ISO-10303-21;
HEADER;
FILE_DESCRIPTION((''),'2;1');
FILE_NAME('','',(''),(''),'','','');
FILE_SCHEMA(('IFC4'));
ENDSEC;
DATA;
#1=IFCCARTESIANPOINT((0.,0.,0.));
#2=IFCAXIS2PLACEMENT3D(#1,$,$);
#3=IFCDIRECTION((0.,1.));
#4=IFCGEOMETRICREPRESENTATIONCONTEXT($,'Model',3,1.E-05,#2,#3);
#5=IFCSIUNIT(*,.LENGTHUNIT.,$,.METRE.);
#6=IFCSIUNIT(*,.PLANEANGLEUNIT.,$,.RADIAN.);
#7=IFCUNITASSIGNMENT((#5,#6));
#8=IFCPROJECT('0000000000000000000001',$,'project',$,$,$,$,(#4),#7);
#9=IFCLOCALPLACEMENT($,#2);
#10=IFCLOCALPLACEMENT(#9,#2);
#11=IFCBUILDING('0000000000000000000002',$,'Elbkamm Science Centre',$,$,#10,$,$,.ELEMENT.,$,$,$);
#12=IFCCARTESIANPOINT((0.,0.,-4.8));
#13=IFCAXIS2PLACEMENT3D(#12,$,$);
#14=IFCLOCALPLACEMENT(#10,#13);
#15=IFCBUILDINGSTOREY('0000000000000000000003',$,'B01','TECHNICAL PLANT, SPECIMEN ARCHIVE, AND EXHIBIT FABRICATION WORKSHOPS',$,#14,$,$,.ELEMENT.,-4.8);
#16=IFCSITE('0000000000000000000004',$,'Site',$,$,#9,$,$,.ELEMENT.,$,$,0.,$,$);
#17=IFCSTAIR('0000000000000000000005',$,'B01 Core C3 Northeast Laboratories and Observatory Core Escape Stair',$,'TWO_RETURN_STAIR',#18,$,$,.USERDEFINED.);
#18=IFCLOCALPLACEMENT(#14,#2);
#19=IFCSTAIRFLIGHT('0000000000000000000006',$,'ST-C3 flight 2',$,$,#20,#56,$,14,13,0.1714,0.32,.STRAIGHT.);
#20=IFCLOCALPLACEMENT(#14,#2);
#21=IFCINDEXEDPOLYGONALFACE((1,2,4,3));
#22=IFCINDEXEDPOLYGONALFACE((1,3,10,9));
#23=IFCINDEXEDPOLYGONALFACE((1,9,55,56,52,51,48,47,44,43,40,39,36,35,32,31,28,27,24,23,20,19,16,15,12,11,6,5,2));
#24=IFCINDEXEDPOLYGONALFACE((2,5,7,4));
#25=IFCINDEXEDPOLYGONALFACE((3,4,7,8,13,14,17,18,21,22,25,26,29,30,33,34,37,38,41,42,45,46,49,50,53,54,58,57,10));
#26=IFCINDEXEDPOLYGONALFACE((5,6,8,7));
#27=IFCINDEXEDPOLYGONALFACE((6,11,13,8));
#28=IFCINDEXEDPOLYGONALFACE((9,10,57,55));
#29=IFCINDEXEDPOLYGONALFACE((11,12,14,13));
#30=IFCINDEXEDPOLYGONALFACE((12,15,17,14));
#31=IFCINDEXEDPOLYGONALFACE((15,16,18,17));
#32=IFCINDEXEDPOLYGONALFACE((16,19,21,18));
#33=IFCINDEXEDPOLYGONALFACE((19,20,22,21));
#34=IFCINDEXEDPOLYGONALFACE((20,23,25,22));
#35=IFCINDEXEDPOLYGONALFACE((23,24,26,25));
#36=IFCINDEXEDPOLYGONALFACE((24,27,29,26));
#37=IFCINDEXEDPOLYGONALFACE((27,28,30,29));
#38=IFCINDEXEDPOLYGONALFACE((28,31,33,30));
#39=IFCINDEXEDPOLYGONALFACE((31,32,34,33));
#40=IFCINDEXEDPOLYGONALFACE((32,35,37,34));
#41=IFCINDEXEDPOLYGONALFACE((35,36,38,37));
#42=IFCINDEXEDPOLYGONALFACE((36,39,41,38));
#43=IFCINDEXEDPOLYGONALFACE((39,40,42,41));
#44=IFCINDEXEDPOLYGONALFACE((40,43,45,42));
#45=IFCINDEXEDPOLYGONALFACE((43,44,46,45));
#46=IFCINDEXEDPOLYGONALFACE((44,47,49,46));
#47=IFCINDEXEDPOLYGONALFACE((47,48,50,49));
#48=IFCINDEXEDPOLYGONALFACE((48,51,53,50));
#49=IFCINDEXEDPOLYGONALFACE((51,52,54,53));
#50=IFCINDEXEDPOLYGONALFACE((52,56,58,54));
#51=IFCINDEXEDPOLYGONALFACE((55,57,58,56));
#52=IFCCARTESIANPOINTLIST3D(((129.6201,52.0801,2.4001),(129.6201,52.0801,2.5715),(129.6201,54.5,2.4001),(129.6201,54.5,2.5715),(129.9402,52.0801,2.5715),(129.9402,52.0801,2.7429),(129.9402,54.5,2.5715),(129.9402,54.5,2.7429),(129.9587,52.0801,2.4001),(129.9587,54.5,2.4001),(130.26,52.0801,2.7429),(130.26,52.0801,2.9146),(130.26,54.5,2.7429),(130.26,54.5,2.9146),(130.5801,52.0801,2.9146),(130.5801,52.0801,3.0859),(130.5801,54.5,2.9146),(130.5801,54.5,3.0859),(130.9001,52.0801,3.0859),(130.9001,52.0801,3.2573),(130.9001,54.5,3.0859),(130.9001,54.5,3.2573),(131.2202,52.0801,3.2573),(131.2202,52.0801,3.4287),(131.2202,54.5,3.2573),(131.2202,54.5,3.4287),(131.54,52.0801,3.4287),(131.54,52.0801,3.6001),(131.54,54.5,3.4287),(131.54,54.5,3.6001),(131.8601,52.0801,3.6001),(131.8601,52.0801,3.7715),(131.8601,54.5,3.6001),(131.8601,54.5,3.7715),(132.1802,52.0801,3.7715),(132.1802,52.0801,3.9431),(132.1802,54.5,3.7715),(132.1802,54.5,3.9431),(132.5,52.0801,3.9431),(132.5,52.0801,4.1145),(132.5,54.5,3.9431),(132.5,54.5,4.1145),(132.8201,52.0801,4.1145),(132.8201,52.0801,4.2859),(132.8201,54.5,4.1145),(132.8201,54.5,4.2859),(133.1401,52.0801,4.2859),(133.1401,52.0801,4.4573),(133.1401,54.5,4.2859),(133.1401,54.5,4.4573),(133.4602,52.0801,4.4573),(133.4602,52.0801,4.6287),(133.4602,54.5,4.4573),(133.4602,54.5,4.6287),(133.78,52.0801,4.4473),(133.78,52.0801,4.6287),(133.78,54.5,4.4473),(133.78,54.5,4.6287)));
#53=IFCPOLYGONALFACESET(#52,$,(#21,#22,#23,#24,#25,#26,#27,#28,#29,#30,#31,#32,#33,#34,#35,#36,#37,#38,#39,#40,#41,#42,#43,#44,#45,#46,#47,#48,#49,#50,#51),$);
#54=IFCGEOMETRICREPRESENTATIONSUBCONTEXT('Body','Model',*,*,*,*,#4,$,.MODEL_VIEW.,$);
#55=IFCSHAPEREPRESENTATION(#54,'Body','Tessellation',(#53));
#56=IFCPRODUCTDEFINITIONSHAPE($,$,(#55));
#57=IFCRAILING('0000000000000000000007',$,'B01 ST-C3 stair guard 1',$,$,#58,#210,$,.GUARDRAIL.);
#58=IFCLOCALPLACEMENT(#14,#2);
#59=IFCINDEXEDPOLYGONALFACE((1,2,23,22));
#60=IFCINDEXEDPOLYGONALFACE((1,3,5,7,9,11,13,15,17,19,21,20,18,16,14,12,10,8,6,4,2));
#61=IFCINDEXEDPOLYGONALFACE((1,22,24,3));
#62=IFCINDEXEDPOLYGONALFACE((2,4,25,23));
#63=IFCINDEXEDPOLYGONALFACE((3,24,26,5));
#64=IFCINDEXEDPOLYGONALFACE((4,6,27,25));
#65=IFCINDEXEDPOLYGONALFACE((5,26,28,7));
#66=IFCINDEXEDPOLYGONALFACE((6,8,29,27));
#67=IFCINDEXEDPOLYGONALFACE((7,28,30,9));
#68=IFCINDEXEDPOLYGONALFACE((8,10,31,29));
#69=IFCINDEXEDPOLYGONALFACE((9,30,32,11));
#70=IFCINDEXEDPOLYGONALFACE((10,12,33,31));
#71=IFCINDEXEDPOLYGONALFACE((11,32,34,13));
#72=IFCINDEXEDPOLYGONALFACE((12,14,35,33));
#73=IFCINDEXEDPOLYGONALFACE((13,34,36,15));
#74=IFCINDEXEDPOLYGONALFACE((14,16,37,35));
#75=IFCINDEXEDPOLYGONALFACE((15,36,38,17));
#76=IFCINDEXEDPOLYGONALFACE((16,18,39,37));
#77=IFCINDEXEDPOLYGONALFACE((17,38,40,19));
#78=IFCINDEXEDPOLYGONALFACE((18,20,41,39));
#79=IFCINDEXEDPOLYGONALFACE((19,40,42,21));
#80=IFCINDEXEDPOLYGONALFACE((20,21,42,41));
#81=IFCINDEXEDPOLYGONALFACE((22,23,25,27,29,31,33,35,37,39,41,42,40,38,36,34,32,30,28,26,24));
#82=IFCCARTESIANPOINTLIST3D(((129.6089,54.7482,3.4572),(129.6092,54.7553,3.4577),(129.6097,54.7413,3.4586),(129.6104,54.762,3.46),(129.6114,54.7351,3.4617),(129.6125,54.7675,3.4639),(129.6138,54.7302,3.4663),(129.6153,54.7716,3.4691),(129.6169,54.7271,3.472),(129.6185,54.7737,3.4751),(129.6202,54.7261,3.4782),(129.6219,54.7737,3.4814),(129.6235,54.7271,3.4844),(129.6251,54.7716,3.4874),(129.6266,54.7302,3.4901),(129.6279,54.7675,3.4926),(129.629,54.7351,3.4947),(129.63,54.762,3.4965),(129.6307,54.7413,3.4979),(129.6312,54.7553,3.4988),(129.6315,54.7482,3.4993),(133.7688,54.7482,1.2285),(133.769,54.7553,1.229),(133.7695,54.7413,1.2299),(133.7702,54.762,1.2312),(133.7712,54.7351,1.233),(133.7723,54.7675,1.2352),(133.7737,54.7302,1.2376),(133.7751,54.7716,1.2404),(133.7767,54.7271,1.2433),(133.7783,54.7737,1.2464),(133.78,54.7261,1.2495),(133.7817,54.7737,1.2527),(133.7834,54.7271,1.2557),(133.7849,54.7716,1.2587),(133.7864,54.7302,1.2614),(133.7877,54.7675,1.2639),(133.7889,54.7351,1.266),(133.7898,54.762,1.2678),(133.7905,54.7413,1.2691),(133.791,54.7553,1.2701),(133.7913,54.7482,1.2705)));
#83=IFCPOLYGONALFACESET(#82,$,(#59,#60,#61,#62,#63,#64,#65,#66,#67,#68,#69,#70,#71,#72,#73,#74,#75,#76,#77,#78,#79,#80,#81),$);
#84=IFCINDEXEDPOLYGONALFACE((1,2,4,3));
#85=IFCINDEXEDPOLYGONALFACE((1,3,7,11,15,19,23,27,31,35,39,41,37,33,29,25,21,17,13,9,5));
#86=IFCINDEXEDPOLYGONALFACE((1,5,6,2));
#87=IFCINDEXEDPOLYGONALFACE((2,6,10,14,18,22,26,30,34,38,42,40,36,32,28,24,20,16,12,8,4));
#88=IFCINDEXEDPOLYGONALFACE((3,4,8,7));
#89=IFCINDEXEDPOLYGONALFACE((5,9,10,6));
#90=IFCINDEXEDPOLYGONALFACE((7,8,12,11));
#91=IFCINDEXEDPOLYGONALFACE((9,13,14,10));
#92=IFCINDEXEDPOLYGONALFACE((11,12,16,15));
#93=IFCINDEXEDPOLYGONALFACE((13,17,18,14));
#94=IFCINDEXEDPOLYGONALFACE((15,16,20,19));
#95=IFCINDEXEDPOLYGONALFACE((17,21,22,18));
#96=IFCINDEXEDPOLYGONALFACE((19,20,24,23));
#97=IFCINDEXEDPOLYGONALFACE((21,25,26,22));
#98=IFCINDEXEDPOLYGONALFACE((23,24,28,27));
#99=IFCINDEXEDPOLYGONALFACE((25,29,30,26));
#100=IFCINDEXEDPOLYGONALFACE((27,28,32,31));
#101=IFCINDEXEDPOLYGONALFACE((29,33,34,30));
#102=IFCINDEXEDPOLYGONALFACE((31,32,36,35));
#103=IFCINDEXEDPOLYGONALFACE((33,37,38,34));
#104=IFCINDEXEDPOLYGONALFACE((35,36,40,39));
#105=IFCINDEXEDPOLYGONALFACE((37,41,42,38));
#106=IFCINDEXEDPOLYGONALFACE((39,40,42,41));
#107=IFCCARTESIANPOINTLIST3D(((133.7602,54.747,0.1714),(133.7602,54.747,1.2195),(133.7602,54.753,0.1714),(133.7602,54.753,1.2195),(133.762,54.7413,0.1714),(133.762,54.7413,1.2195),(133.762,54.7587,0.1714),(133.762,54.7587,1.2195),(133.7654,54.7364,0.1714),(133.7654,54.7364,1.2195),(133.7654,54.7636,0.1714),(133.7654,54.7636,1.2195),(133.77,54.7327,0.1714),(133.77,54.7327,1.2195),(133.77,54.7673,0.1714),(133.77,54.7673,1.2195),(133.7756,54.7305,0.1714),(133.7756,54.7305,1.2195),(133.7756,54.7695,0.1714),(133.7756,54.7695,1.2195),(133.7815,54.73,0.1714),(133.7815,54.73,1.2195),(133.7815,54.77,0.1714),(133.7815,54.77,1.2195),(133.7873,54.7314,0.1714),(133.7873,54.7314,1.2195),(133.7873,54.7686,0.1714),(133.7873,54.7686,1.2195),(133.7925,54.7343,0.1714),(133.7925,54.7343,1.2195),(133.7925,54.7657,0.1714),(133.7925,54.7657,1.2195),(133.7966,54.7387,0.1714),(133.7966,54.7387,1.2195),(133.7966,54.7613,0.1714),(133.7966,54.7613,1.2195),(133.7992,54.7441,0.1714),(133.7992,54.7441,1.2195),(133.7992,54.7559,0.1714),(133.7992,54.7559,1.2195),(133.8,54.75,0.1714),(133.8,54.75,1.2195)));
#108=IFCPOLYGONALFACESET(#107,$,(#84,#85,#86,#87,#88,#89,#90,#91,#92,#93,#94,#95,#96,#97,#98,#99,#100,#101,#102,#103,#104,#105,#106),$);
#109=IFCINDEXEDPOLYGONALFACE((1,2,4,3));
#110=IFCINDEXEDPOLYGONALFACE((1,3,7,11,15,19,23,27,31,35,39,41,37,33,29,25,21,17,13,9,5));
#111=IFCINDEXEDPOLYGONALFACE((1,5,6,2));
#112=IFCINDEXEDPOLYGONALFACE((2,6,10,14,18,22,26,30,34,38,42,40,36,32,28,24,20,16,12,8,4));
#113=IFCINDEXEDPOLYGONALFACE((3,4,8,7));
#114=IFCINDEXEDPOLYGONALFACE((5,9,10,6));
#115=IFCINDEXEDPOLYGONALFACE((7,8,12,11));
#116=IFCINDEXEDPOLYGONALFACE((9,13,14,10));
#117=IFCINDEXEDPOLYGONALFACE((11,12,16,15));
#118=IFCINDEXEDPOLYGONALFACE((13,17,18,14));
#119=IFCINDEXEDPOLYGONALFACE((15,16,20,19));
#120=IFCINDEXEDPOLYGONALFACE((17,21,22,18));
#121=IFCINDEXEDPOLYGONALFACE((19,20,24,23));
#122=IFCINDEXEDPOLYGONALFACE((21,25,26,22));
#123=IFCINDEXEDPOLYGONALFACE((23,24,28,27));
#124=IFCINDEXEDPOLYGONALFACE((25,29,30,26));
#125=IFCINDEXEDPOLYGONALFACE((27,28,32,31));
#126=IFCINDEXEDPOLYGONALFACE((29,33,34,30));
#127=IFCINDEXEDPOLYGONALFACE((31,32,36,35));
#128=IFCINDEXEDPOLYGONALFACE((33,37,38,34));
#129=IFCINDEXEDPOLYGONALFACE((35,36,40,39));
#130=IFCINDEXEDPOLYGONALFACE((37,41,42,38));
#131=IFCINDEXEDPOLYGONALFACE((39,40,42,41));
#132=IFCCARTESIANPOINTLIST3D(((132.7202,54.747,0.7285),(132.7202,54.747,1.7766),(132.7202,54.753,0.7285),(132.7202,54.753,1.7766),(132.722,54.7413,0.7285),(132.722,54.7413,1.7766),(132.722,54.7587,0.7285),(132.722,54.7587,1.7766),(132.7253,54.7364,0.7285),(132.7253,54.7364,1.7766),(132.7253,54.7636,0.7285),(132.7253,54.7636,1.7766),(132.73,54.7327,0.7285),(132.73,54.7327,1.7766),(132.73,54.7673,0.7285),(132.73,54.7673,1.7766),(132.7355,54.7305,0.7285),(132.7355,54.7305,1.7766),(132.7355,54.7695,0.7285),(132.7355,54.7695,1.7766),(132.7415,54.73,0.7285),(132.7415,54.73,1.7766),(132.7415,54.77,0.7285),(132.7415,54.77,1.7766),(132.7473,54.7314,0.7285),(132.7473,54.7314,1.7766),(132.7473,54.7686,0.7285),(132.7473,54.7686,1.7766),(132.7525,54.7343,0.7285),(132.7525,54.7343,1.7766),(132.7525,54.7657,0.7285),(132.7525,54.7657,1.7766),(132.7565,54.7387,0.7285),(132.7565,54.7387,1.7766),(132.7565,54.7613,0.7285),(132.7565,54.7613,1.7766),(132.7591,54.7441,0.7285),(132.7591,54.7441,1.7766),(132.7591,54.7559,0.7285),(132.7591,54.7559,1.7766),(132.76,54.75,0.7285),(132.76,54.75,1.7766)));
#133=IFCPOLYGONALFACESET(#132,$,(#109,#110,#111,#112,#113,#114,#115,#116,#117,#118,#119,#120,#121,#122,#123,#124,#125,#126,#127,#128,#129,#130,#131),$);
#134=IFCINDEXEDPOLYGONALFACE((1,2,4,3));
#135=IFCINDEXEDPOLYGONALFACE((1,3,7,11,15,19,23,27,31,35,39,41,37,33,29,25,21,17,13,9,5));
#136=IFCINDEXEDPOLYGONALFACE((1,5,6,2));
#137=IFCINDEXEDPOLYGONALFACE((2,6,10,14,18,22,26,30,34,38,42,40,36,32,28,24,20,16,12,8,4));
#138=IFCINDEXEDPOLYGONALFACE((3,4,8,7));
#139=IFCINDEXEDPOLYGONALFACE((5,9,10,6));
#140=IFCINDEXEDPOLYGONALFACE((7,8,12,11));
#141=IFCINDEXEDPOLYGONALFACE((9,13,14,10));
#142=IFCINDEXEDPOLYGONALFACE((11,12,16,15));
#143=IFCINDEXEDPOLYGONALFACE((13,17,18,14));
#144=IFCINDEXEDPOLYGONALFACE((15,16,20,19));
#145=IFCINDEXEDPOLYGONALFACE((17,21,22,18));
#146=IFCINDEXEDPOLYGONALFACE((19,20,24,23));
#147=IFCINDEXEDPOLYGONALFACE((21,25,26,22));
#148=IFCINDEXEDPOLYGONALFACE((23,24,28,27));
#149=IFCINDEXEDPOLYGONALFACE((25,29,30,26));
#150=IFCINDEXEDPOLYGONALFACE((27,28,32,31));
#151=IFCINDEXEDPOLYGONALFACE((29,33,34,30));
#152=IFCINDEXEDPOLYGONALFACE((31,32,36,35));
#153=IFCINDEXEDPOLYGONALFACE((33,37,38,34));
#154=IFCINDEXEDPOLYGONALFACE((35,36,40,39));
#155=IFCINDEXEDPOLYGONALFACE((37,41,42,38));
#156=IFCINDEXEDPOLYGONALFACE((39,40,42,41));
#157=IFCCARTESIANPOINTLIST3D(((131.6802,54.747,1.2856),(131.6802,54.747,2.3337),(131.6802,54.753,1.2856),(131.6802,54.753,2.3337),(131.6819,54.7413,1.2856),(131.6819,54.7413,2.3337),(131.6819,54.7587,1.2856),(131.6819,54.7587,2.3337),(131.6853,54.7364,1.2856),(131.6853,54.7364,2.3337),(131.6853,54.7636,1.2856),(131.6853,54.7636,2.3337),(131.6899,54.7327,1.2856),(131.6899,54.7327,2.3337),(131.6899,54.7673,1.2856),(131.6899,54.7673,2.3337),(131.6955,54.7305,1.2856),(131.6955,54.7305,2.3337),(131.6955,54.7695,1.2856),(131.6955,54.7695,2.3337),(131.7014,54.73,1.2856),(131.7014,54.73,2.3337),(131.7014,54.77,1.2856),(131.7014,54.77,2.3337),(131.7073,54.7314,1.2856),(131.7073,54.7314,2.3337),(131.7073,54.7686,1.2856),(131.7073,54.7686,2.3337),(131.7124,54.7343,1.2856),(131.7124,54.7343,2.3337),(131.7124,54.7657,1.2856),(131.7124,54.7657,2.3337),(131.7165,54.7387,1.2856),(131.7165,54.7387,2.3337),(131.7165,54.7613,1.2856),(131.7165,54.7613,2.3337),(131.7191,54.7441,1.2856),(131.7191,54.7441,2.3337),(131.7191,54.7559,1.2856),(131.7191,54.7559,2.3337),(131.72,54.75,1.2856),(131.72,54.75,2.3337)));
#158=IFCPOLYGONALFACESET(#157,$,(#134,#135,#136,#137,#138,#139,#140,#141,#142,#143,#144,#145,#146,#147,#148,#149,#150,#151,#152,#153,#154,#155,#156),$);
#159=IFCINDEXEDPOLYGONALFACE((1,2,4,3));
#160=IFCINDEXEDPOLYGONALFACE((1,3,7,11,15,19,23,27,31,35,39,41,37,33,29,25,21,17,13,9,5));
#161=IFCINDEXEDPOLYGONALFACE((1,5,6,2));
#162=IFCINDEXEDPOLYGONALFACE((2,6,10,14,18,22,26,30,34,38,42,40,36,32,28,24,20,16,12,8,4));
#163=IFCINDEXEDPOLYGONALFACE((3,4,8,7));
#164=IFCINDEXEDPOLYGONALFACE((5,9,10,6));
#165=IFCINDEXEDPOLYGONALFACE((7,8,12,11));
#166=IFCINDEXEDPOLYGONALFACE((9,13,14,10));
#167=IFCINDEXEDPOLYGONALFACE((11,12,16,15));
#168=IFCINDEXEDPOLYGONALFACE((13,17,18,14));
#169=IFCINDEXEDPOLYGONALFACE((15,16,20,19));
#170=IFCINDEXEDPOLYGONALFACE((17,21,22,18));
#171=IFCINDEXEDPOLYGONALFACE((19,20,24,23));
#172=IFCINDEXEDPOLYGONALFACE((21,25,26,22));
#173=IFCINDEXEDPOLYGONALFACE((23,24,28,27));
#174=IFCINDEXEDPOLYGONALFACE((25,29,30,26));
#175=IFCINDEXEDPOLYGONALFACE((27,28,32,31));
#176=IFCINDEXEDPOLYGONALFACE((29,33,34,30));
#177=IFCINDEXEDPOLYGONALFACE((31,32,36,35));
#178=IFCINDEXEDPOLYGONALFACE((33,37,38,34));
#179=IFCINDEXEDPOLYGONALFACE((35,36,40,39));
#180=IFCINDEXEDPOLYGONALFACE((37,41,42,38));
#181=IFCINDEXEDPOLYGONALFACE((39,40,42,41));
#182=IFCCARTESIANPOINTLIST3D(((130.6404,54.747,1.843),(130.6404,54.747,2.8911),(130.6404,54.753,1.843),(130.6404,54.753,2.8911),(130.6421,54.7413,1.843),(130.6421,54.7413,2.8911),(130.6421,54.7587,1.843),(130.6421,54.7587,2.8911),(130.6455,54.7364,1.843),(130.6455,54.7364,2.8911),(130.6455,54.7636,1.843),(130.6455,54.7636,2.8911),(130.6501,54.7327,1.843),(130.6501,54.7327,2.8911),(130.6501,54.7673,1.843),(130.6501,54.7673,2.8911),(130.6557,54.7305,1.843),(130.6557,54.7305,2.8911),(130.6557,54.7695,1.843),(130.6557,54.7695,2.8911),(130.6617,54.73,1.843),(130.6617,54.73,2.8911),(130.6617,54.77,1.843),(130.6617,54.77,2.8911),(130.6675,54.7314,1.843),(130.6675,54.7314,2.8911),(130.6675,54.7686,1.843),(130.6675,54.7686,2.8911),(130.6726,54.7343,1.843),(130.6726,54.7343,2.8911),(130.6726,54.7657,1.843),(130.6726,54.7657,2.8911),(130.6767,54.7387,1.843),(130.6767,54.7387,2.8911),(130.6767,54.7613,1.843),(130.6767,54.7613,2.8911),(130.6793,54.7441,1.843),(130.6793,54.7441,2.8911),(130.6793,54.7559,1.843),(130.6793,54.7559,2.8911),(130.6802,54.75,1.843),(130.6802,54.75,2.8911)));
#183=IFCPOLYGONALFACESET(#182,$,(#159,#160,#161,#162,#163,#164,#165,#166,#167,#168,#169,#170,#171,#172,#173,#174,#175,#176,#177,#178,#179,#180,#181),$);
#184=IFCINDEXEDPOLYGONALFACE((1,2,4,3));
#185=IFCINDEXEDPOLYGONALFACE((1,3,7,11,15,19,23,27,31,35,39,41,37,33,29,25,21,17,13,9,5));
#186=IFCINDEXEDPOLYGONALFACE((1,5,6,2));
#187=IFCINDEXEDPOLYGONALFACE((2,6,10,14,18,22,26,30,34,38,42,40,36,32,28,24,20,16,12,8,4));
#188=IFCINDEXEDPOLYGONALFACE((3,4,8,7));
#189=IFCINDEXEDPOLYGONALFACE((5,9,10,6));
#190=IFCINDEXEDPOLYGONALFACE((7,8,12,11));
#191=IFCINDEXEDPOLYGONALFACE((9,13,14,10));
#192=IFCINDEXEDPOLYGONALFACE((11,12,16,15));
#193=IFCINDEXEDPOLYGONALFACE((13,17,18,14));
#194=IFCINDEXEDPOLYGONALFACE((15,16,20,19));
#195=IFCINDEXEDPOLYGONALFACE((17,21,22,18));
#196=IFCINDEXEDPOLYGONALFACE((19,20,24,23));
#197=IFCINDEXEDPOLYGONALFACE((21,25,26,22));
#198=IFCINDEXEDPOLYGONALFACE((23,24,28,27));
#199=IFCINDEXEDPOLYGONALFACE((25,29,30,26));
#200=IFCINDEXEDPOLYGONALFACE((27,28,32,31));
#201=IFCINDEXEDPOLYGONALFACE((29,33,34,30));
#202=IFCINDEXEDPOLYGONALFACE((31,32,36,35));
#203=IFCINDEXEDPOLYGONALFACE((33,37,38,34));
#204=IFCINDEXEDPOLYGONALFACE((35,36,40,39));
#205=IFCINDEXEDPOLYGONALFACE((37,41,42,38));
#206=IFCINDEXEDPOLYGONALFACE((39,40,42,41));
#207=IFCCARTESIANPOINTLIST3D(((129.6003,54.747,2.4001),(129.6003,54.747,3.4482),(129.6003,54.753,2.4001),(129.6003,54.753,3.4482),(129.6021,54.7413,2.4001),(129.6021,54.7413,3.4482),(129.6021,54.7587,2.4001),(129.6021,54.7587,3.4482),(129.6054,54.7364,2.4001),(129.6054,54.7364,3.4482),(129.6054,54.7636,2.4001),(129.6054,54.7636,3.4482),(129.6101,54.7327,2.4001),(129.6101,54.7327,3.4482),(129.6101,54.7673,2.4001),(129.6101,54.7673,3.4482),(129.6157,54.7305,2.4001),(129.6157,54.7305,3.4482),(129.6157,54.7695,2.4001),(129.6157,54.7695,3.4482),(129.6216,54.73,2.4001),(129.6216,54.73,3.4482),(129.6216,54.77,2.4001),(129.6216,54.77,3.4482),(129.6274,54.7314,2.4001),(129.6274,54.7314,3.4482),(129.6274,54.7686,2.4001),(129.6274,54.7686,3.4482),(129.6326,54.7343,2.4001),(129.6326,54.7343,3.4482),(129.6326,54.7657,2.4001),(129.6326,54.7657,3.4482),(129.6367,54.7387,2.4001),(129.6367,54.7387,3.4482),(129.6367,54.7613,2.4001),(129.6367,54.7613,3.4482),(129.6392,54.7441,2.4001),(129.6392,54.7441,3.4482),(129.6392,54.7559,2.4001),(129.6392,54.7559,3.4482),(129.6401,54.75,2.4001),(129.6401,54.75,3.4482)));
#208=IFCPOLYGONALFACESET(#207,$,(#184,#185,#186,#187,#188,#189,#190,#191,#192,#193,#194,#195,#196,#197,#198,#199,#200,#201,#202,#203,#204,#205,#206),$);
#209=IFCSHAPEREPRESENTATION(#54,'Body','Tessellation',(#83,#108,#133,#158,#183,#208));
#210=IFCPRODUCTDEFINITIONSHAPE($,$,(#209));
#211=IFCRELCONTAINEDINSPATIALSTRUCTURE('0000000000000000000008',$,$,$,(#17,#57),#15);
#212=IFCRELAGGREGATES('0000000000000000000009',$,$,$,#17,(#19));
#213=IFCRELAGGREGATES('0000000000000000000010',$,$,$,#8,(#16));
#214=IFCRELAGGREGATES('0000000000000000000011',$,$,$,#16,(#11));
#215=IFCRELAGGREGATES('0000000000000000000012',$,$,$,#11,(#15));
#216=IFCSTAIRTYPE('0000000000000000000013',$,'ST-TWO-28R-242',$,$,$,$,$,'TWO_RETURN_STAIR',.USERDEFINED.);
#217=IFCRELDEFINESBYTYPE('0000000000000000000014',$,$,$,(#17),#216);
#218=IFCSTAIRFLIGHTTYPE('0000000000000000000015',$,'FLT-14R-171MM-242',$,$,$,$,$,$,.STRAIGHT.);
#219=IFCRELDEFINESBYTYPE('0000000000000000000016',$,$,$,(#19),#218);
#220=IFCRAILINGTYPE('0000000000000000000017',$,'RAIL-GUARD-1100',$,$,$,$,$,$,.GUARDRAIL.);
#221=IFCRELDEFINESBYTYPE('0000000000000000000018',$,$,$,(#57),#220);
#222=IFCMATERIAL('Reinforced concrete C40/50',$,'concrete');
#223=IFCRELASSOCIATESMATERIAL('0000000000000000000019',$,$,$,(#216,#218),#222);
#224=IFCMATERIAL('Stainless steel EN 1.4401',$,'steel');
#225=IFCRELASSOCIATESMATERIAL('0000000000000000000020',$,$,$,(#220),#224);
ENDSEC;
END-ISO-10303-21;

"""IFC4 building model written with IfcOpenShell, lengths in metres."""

from ifc_helpers import new_model, si_unit, direction, frame, origin, origin_2d, place, context, subcontext, project, spatial, polyline, circle, outline, extrude, material, type_object, element, aggregate, save


model = new_model("IFC4")

# Units and contexts
model_context = context("Model", 3, precision=1e-05, world=origin(), true_north=direction((0.0, 1.0)))
body_context = subcontext(model_context, "Body", "Model", "MODEL_VIEW")
ifc_project = project(units=[si_unit("LENGTHUNIT", "METRE"), si_unit("PLANEANGLEUNIT", "RADIAN")], contexts=[model_context])

# Site, building, storey
site_placement = place(None, origin())
site = spatial("IfcSite", under=ifc_project, at=site_placement, Name="Site", CompositionType="ELEMENT", RefElevation=0.0)
building_placement = place(site_placement, origin())
building = spatial("IfcBuilding", under=site, at=building_placement, Name="Elbkamm Science Centre", CompositionType="ELEMENT")
storey_placement = place(building_placement, frame((0.0, 0.0, -4.8)))
storey = spatial("IfcBuildingStorey", under=building, at=storey_placement, Name="B01", Description="TECHNICAL PLANT, SPECIMEN ARCHIVE, AND EXHIBIT FABRICATION WORKSHOPS", CompositionType="ELEMENT", Elevation=-4.8)

# Shared definitions
ifc_material_1 = material(Name="Reinforced concrete C40/50", Category="concrete")

# Stair, stair flight
stair_type = type_object("IfcStairType", Name="ST-TWO-28R-242", ElementType="TWO_RETURN_STAIR", PredefinedType="USERDEFINED", material=ifc_material_1)
stair_placement = place(storey_placement, origin())
stair = element("IfcStair", 1, at=stair_placement, inside=storey, type_object=stair_type, Name="B01 Core C3 Northeast Laboratories and Observatory Core Escape Stair", ObjectType="TWO_RETURN_STAIR", PredefinedType="USERDEFINED")
stair_flight_type = type_object("IfcStairFlightType", Name="FLT-14R-171MM-242", PredefinedType="STRAIGHT", material=ifc_material_1)
stair_flight_1_placement = place(storey_placement, frame((129.6201, 53.29, 2.4001), z_axis=(0.0, 0.0, 1.0), x_axis=(1.0, 0.0, 0.0)))
stair_flight_1 = element("IfcStairFlight", 2, at=stair_flight_1_placement, type_object=stair_flight_type, Name="ST-C3 flight 2", NumberOfRisers=14, NumberOfTreads=13, PredefinedType="STRAIGHT", RiserHeight=0.1714, TreadLength=0.32, context=body_context, shape_type="SweptSolid", body=[
    extrude(outline(polyline([(0.0, 0.0), (0.0, 0.1714), (0.3201, 0.1714), (0.3201, 0.3428), (0.6399, 0.3428), (0.6399, 0.5144), (0.96, 0.5144), (0.96, 0.6858), (1.28, 0.6858), (1.28, 0.8572), (1.6001, 0.8572), (1.6001, 1.0286), (1.9199, 1.0286), (1.9199, 1.2), (2.24, 1.2), (2.24, 1.3713), (2.5601, 1.3713), (2.5601, 1.543), (2.8799, 1.543), (2.8799, 1.7144), (3.2, 1.7144), (3.2, 1.8857), (3.52, 1.8857), (3.52, 2.0571), (3.8401, 2.0571), (3.8401, 2.2285), (4.1599, 2.2285), (4.1599, 2.3999), (4.1599, 2.0471), (0.3386, 0.0), (0.0, 0.0)])), frame((0.0, 1.21, 0.0), z_axis=(0.0, -1.0, 0.0), x_axis=(1.0, 0.0, 0.0)), (0.0, 0.0, 1.0), 2.4199),
])
aggregate(stair, [stair_flight_1])

# Railing
ifc_material_2 = material(Name="Stainless steel EN 1.4401", Category="steel")
railing_type_1 = type_object("IfcRailingType", Name="RAIL-GUARD-1100", PredefinedType="GUARDRAIL", material=ifc_material_2)
railing_1_placement = place(storey_placement, frame((133.78, 54.75, 0.1714)))
element("IfcRailing", 3, at=railing_1_placement, inside=storey, type_object=railing_type_1, Name="B01 ST-C3 stair guard 1", PredefinedType="GUARDRAIL", context=body_context, shape_type="SweptSolid", body=[
    extrude(circle(Radius=0.0239, at=origin_2d()), frame((0.0, 0.0, 1.0781), z_axis=(-0.881459, 0.0, 0.47226), x_axis=(0.0, -1.0, 0.0)), (0.0, 0.0, 1.0), 4.7192),
    extrude(circle(Radius=0.02, at=origin_2d()), origin(), (0.0, 0.0, 1.0), 1.0481),
    extrude(circle(Radius=0.02, at=origin_2d()), frame((-1.04, 0.0, 0.5571)), (0.0, 0.0, 1.0), 1.0481),
    extrude(circle(Radius=0.02, at=origin_2d()), frame((-2.0801, 0.0, 1.1143)), (0.0, 0.0, 1.0), 1.0481),
    extrude(circle(Radius=0.02, at=origin_2d()), frame((-3.1199, 0.0, 1.6716)), (0.0, 0.0, 1.0), 1.0481),
    extrude(circle(Radius=0.02, at=origin_2d()), frame((-4.1599, 0.0, 2.2288)), (0.0, 0.0, 1.0), 1.0481),
])

save(model, "model.ifc")
